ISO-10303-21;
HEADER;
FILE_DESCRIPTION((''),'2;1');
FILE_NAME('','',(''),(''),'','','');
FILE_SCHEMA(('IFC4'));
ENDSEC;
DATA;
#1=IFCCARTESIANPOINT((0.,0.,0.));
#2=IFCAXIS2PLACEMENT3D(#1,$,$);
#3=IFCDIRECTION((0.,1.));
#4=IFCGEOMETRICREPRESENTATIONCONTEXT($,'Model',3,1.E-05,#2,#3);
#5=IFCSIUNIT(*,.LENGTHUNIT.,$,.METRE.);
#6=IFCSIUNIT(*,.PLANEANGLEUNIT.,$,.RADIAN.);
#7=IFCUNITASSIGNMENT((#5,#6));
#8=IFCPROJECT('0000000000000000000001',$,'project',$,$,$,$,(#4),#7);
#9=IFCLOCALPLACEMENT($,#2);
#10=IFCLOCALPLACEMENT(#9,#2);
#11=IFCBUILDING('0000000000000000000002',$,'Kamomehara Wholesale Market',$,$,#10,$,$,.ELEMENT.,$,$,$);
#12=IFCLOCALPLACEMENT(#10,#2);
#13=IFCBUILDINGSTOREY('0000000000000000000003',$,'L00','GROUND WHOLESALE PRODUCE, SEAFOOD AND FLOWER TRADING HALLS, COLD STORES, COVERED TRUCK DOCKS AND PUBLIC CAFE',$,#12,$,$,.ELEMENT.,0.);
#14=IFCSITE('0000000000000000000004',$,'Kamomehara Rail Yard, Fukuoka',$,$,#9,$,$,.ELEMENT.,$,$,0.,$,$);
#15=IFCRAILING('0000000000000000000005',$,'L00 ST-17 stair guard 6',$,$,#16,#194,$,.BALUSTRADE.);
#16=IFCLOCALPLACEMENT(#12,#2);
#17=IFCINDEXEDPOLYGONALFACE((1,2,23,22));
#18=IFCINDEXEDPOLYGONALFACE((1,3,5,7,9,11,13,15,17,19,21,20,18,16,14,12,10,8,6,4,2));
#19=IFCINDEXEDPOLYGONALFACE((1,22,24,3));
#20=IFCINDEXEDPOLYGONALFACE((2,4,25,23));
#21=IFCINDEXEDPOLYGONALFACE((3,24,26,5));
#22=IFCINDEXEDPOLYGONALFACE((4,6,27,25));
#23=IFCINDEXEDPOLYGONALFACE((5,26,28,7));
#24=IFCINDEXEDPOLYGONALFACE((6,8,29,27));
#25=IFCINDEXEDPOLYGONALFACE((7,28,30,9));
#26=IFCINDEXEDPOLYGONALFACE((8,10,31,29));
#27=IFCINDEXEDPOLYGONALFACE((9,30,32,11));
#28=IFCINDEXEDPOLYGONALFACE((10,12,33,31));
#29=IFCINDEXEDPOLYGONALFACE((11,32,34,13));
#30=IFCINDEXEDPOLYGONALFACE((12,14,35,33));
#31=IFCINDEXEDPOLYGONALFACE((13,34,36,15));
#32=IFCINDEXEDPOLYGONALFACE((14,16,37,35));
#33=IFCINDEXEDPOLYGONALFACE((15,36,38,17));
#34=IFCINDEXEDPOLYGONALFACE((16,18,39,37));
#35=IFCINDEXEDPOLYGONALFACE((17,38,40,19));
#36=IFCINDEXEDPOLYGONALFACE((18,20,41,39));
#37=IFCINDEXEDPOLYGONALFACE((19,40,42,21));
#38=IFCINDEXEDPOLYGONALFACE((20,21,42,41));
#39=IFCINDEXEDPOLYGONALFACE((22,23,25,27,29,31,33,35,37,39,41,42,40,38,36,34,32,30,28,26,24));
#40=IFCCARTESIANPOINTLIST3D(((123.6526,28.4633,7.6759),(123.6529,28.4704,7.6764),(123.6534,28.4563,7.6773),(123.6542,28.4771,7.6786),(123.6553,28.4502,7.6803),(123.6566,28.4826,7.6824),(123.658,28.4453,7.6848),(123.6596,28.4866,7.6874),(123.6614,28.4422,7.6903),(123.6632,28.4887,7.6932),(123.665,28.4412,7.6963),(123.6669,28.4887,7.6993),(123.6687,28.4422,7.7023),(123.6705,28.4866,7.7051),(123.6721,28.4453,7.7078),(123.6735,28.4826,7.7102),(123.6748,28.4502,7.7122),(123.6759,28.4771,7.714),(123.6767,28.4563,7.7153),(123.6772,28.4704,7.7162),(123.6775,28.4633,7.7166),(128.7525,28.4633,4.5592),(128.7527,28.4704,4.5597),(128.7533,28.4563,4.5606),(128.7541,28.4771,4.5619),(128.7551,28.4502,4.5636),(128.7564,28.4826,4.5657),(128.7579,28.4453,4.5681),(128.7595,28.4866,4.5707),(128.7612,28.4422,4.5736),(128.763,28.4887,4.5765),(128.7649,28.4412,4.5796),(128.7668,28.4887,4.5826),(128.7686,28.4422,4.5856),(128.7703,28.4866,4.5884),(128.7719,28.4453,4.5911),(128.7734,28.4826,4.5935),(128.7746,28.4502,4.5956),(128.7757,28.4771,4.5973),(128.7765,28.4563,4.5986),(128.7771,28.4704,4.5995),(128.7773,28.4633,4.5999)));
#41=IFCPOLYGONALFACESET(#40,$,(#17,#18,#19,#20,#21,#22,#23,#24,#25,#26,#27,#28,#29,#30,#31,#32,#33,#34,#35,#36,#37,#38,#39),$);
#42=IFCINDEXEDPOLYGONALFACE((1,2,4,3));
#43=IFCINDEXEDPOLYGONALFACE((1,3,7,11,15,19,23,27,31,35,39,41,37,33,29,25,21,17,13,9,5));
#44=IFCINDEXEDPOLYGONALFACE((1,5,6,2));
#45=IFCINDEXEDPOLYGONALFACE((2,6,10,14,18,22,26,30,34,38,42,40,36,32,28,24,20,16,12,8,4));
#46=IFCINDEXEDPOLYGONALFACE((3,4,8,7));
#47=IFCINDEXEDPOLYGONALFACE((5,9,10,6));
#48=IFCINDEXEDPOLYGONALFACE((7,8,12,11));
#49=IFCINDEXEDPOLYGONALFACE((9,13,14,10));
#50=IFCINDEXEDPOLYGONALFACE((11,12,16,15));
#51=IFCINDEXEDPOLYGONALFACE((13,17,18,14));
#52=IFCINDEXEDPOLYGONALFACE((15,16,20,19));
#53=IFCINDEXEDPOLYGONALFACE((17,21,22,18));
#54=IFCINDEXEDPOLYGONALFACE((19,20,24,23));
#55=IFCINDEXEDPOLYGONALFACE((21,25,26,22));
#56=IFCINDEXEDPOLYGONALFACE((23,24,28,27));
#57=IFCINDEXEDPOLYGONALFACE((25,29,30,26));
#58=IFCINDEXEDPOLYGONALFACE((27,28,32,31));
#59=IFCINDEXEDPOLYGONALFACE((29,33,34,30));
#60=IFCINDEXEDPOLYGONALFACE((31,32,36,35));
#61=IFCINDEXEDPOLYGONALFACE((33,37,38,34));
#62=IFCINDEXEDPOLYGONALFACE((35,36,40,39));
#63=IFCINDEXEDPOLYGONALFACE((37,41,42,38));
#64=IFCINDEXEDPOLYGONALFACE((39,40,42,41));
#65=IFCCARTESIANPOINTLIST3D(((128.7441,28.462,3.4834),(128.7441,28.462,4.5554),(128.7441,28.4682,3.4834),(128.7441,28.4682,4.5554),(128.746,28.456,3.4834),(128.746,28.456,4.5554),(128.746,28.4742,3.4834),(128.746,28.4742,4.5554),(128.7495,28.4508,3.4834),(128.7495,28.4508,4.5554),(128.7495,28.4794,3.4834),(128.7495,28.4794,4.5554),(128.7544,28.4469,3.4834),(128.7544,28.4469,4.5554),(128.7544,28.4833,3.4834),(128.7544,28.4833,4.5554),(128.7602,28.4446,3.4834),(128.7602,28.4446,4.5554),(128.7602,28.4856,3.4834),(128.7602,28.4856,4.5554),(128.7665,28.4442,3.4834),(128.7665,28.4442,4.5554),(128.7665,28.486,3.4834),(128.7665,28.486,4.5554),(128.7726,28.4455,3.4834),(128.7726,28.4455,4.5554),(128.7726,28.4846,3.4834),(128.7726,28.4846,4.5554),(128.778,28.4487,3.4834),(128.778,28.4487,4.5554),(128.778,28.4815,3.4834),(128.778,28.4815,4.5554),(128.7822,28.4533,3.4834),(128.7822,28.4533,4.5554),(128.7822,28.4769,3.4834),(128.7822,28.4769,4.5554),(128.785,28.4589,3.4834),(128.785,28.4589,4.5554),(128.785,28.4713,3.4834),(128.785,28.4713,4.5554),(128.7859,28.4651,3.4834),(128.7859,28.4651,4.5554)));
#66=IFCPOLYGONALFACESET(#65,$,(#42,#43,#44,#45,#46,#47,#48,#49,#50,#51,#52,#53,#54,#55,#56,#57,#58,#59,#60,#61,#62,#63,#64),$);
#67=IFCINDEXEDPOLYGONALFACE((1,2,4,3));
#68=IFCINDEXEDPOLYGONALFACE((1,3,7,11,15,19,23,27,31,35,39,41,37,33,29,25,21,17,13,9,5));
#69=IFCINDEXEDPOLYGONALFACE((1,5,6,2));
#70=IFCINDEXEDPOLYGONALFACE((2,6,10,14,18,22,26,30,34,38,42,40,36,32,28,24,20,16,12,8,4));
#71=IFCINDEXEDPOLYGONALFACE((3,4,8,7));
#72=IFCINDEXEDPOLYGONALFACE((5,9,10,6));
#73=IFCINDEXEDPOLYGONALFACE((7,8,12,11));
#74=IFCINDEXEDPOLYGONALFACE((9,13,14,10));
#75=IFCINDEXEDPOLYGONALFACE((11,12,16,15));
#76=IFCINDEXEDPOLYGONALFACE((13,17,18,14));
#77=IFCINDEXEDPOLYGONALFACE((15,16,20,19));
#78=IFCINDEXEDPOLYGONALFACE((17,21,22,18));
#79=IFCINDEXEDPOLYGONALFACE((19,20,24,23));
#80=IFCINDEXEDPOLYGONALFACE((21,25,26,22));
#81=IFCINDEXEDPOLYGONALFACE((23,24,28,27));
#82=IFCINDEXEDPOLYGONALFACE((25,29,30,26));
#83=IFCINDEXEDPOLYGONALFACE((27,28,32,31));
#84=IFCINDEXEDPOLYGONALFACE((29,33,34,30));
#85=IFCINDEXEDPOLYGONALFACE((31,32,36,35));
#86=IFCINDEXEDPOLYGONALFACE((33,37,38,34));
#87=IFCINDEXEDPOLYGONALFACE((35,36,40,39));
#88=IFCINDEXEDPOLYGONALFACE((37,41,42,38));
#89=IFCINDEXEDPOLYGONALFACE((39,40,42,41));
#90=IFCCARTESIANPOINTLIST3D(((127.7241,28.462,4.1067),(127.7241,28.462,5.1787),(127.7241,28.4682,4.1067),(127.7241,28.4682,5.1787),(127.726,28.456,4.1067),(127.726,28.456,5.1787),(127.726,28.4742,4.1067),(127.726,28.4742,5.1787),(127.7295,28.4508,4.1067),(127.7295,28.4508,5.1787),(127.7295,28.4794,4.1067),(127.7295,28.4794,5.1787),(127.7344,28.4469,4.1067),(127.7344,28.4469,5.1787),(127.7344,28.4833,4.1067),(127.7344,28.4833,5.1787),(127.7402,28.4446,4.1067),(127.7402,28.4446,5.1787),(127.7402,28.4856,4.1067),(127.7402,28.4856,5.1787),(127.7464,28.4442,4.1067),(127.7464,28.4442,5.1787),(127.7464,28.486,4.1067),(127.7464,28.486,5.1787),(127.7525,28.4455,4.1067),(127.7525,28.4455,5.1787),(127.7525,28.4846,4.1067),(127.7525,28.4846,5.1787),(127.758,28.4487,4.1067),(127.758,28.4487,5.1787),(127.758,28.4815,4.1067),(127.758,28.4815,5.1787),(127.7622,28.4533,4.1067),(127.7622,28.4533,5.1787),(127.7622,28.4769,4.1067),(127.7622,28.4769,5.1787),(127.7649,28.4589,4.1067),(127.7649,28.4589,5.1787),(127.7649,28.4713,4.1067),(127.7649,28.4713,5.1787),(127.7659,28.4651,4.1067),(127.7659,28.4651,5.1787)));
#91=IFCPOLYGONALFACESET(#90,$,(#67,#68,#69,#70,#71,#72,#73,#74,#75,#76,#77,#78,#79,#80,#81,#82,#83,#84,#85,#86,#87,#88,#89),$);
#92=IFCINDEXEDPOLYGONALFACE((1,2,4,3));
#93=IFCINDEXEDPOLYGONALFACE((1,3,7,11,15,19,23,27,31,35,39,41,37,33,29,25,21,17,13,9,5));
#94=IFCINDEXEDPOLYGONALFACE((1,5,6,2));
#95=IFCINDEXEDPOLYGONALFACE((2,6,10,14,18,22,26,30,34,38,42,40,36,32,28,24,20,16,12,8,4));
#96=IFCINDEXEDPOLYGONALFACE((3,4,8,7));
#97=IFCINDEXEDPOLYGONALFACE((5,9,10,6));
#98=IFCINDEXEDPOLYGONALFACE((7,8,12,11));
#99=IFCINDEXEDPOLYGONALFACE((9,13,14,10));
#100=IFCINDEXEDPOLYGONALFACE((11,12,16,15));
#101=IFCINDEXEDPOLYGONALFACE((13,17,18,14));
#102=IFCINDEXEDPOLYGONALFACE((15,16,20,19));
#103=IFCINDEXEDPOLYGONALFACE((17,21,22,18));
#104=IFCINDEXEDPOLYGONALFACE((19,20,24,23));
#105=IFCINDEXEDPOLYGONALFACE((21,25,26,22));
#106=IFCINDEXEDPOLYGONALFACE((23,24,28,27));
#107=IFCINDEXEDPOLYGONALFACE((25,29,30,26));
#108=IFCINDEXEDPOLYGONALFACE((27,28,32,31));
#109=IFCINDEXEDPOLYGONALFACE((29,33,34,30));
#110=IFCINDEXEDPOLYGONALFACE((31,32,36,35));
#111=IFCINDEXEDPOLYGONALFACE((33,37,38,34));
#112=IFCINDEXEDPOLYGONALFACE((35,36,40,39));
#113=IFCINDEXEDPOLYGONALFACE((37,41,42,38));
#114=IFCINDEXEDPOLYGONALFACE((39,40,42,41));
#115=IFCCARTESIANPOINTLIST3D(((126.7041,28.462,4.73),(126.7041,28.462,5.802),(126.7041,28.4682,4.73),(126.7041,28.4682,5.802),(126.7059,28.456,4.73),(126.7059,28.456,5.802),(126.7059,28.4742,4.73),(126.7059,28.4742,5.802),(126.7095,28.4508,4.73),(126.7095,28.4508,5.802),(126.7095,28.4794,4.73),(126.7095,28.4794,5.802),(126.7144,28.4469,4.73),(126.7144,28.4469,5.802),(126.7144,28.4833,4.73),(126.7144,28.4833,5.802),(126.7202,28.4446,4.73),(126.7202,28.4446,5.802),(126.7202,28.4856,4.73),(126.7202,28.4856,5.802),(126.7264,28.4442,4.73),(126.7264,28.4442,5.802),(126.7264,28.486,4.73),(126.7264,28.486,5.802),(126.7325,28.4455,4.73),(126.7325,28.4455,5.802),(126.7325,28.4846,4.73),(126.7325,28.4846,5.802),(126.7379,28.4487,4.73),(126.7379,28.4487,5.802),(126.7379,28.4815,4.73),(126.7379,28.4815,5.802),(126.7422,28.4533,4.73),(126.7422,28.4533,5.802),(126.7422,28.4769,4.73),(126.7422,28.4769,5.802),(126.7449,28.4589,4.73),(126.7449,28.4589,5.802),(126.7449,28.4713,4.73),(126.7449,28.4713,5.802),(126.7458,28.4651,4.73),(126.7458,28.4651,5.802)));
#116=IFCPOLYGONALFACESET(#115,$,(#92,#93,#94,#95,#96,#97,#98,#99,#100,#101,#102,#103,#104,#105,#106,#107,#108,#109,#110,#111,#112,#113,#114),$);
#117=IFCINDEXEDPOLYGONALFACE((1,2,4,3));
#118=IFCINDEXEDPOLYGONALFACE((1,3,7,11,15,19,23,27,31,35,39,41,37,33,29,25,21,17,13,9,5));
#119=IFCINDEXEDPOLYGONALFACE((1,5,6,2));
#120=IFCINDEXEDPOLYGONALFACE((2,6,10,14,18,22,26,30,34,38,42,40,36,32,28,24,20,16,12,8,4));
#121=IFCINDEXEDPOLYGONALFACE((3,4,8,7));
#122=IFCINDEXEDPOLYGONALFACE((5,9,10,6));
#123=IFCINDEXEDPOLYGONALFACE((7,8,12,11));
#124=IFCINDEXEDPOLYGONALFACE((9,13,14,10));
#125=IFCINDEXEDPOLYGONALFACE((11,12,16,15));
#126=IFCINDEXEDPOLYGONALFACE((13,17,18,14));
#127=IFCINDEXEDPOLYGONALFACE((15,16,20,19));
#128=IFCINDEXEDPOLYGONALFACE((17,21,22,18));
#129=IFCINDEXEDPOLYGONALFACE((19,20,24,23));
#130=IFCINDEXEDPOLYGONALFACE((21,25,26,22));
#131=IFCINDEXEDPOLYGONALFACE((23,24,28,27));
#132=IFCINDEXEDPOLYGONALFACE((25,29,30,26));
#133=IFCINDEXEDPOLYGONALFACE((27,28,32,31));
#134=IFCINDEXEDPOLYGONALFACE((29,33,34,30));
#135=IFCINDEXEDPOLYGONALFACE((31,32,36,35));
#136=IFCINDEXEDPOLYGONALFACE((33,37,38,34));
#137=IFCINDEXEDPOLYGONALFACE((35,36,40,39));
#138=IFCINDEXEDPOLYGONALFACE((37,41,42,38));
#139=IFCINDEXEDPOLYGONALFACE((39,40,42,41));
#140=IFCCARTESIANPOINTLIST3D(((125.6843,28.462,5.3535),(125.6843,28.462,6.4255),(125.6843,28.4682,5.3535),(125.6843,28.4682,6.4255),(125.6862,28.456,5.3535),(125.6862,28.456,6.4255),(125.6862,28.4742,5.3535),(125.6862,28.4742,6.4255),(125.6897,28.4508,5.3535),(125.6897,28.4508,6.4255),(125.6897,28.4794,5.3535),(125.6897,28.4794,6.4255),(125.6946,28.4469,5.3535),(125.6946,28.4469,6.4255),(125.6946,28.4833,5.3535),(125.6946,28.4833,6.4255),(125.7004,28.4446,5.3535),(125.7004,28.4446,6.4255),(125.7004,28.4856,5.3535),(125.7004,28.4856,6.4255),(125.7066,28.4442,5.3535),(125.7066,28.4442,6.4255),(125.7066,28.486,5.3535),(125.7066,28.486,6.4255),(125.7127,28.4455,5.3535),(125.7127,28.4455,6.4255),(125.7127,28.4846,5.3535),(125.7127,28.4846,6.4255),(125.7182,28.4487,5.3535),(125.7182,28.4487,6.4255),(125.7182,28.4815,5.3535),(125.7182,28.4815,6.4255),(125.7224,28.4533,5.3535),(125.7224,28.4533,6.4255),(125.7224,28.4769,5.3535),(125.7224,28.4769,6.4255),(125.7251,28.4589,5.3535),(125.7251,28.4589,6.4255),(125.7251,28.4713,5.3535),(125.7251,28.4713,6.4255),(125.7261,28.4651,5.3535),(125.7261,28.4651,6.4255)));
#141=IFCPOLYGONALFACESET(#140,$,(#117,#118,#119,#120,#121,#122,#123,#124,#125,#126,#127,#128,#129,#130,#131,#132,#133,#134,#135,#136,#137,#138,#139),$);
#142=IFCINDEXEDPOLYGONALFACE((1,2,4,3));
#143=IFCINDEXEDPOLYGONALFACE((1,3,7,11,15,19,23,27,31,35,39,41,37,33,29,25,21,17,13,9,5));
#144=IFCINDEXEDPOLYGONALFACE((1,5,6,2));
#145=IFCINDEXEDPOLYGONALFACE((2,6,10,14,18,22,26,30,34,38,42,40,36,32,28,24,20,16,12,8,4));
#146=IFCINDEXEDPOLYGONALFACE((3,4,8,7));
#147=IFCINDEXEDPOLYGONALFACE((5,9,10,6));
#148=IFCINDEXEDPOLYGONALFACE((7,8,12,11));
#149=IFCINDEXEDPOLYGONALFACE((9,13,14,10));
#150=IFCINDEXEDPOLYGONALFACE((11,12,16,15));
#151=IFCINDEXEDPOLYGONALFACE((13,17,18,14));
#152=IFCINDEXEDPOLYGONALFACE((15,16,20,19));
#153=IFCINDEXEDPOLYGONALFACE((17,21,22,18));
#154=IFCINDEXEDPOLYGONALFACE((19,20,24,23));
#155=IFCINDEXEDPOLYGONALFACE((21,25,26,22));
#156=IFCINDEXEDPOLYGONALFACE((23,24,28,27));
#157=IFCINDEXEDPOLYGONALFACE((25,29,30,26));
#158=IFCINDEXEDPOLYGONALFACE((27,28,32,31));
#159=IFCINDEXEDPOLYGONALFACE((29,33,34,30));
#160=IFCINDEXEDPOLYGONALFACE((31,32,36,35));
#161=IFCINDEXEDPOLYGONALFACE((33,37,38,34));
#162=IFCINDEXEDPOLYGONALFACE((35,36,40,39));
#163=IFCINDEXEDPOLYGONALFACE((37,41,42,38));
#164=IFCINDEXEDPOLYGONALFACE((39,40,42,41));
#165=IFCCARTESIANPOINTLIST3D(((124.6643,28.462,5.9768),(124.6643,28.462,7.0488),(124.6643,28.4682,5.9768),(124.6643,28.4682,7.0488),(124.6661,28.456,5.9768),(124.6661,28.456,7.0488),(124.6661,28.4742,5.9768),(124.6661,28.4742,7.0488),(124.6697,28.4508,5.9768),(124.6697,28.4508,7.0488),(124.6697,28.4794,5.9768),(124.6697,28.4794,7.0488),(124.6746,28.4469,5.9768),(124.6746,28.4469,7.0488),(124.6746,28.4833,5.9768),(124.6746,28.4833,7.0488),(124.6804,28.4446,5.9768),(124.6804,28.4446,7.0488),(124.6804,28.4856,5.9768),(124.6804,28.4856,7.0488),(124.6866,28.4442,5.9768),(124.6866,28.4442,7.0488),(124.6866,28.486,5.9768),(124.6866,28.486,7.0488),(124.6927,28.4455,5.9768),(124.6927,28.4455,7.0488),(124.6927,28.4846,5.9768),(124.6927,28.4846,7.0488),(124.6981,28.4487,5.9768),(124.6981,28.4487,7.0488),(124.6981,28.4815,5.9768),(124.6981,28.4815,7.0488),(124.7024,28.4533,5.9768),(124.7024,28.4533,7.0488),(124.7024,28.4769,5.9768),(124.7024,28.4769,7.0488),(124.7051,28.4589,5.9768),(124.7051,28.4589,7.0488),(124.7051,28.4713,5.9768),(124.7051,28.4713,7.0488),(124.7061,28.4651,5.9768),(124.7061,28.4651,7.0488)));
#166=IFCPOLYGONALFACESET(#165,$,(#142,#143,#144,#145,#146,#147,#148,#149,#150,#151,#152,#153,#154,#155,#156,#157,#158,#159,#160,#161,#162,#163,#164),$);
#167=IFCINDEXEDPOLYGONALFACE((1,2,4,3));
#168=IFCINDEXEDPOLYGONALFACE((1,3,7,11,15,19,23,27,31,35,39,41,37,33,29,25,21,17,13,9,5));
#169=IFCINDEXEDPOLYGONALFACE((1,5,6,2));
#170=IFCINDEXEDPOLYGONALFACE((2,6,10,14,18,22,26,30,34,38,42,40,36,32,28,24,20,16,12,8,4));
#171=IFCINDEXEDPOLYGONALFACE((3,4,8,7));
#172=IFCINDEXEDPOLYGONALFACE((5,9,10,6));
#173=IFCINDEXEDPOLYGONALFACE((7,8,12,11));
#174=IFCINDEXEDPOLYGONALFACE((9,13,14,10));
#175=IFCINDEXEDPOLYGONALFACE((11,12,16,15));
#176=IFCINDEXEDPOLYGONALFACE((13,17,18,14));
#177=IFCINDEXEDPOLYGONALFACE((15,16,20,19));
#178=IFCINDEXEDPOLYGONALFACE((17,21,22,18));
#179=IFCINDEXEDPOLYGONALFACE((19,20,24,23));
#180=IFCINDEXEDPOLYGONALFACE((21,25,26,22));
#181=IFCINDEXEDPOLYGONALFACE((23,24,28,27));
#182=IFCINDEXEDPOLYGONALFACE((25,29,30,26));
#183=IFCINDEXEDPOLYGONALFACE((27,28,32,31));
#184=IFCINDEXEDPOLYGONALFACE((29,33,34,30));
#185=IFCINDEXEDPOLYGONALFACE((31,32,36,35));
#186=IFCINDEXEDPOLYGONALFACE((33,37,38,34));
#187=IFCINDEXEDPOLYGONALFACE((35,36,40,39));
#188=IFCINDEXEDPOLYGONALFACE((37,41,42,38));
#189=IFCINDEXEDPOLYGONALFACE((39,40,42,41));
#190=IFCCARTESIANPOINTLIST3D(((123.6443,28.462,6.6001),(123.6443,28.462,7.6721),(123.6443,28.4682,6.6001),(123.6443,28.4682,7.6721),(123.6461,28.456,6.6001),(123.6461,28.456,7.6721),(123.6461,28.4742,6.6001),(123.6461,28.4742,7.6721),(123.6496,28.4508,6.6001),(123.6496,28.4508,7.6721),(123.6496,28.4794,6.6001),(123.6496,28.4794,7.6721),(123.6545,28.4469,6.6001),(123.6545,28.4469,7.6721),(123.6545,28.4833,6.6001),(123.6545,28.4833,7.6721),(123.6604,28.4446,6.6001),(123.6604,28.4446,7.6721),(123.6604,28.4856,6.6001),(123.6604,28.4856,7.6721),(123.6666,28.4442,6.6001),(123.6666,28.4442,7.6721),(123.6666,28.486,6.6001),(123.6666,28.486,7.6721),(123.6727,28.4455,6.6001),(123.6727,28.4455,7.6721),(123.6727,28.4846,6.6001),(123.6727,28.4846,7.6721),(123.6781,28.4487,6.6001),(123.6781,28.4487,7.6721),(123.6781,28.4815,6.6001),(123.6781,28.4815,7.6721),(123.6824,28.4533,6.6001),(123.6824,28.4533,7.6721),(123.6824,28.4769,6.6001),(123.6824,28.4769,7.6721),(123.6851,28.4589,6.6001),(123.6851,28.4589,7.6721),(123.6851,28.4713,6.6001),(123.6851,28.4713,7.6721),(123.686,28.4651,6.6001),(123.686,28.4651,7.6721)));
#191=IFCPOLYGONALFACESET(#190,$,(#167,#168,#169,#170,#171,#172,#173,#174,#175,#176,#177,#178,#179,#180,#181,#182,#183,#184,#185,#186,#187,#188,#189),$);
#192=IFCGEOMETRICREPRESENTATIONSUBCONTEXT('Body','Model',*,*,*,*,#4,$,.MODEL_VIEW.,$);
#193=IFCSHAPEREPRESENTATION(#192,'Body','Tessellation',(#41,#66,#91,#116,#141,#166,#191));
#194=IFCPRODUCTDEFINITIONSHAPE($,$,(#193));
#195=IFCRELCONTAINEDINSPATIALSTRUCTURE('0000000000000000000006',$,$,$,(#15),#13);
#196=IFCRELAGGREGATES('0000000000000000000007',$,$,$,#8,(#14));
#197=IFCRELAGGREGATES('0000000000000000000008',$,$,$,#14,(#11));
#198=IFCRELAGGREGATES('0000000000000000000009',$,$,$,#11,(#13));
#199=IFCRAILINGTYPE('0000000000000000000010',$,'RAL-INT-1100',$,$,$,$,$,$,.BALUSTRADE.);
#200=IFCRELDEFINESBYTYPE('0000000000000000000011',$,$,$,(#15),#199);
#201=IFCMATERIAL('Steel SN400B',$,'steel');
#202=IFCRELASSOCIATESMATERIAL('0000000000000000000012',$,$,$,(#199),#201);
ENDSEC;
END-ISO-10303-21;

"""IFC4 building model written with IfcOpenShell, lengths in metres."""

from ifc_helpers import new_model, si_unit, direction, frame, origin, origin_2d, place, context, subcontext, project, spatial, circle, extrude, material, type_object, element, save


model = new_model("IFC4")

# Units and contexts
model_context = context("Model", 3, precision=1e-05, world=origin(), true_north=direction((0.0, 1.0)))
body_context = subcontext(model_context, "Body", "Model", "MODEL_VIEW")
ifc_project = project(units=[si_unit("LENGTHUNIT", "METRE"), si_unit("PLANEANGLEUNIT", "RADIAN")], contexts=[model_context])

# Site, building, storey
site_placement = place(None, origin())
site = spatial("IfcSite", under=ifc_project, at=site_placement, Name="Kamomehara Rail Yard, Fukuoka", CompositionType="ELEMENT", RefElevation=0.0)
building_placement = place(site_placement, origin())
building = spatial("IfcBuilding", under=site, at=building_placement, Name="Kamomehara Wholesale Market", CompositionType="ELEMENT")
storey_placement = place(building_placement, origin())
storey = spatial("IfcBuildingStorey", under=building, at=storey_placement, Name="L00", Description="GROUND WHOLESALE PRODUCE, SEAFOOD AND FLOWER TRADING HALLS, COLD STORES, COVERED TRUCK DOCKS AND PUBLIC CAFE", CompositionType="ELEMENT", Elevation=0.0)

# Railing
ifc_material_1 = material(Name="Steel SN400B", Category="steel")
railing_type_1 = type_object("IfcRailingType", Name="RAL-INT-1100", PredefinedType="BALUSTRADE", material=ifc_material_1)
railing_1_placement = place(storey_placement, frame((128.7649, 28.4651, 3.4834)))
element("IfcRailing", 1, at=railing_1_placement, inside=storey, type_object=railing_type_1, Name="L00 ST-17 stair guard 6", PredefinedType="BALUSTRADE", context=body_context, shape_type="SweptSolid", body=[
    extrude(circle(Radius=0.0239, at=origin_2d()), frame((0.0, 0.0, 1.0962), z_axis=(-0.853273, 0.0, 0.521465), x_axis=(0.0, -1.0, 0.0)), (0.0, 0.0, 1.0), 5.9768),
    extrude(circle(Radius=0.021, at=origin_2d()), origin(), (0.0, 0.0, 1.0), 1.072),
    extrude(circle(Radius=0.021, at=origin_2d()), frame((-1.02, 0.0, 0.6233)), (0.0, 0.0, 1.0), 1.072),
    extrude(circle(Radius=0.021, at=origin_2d()), frame((-2.04, 0.0, 1.2466)), (0.0, 0.0, 1.0), 1.072),
    extrude(circle(Radius=0.021, at=origin_2d()), frame((-3.0598, 0.0, 1.8701)), (0.0, 0.0, 1.0), 1.072),
    extrude(circle(Radius=0.021, at=origin_2d()), frame((-4.0798, 0.0, 2.4934)), (0.0, 0.0, 1.0), 1.072),
    extrude(circle(Radius=0.021, at=origin_2d()), frame((-5.0999, 0.0, 3.1167)), (0.0, 0.0, 1.0), 1.072),
])

save(model, "model.ifc")
